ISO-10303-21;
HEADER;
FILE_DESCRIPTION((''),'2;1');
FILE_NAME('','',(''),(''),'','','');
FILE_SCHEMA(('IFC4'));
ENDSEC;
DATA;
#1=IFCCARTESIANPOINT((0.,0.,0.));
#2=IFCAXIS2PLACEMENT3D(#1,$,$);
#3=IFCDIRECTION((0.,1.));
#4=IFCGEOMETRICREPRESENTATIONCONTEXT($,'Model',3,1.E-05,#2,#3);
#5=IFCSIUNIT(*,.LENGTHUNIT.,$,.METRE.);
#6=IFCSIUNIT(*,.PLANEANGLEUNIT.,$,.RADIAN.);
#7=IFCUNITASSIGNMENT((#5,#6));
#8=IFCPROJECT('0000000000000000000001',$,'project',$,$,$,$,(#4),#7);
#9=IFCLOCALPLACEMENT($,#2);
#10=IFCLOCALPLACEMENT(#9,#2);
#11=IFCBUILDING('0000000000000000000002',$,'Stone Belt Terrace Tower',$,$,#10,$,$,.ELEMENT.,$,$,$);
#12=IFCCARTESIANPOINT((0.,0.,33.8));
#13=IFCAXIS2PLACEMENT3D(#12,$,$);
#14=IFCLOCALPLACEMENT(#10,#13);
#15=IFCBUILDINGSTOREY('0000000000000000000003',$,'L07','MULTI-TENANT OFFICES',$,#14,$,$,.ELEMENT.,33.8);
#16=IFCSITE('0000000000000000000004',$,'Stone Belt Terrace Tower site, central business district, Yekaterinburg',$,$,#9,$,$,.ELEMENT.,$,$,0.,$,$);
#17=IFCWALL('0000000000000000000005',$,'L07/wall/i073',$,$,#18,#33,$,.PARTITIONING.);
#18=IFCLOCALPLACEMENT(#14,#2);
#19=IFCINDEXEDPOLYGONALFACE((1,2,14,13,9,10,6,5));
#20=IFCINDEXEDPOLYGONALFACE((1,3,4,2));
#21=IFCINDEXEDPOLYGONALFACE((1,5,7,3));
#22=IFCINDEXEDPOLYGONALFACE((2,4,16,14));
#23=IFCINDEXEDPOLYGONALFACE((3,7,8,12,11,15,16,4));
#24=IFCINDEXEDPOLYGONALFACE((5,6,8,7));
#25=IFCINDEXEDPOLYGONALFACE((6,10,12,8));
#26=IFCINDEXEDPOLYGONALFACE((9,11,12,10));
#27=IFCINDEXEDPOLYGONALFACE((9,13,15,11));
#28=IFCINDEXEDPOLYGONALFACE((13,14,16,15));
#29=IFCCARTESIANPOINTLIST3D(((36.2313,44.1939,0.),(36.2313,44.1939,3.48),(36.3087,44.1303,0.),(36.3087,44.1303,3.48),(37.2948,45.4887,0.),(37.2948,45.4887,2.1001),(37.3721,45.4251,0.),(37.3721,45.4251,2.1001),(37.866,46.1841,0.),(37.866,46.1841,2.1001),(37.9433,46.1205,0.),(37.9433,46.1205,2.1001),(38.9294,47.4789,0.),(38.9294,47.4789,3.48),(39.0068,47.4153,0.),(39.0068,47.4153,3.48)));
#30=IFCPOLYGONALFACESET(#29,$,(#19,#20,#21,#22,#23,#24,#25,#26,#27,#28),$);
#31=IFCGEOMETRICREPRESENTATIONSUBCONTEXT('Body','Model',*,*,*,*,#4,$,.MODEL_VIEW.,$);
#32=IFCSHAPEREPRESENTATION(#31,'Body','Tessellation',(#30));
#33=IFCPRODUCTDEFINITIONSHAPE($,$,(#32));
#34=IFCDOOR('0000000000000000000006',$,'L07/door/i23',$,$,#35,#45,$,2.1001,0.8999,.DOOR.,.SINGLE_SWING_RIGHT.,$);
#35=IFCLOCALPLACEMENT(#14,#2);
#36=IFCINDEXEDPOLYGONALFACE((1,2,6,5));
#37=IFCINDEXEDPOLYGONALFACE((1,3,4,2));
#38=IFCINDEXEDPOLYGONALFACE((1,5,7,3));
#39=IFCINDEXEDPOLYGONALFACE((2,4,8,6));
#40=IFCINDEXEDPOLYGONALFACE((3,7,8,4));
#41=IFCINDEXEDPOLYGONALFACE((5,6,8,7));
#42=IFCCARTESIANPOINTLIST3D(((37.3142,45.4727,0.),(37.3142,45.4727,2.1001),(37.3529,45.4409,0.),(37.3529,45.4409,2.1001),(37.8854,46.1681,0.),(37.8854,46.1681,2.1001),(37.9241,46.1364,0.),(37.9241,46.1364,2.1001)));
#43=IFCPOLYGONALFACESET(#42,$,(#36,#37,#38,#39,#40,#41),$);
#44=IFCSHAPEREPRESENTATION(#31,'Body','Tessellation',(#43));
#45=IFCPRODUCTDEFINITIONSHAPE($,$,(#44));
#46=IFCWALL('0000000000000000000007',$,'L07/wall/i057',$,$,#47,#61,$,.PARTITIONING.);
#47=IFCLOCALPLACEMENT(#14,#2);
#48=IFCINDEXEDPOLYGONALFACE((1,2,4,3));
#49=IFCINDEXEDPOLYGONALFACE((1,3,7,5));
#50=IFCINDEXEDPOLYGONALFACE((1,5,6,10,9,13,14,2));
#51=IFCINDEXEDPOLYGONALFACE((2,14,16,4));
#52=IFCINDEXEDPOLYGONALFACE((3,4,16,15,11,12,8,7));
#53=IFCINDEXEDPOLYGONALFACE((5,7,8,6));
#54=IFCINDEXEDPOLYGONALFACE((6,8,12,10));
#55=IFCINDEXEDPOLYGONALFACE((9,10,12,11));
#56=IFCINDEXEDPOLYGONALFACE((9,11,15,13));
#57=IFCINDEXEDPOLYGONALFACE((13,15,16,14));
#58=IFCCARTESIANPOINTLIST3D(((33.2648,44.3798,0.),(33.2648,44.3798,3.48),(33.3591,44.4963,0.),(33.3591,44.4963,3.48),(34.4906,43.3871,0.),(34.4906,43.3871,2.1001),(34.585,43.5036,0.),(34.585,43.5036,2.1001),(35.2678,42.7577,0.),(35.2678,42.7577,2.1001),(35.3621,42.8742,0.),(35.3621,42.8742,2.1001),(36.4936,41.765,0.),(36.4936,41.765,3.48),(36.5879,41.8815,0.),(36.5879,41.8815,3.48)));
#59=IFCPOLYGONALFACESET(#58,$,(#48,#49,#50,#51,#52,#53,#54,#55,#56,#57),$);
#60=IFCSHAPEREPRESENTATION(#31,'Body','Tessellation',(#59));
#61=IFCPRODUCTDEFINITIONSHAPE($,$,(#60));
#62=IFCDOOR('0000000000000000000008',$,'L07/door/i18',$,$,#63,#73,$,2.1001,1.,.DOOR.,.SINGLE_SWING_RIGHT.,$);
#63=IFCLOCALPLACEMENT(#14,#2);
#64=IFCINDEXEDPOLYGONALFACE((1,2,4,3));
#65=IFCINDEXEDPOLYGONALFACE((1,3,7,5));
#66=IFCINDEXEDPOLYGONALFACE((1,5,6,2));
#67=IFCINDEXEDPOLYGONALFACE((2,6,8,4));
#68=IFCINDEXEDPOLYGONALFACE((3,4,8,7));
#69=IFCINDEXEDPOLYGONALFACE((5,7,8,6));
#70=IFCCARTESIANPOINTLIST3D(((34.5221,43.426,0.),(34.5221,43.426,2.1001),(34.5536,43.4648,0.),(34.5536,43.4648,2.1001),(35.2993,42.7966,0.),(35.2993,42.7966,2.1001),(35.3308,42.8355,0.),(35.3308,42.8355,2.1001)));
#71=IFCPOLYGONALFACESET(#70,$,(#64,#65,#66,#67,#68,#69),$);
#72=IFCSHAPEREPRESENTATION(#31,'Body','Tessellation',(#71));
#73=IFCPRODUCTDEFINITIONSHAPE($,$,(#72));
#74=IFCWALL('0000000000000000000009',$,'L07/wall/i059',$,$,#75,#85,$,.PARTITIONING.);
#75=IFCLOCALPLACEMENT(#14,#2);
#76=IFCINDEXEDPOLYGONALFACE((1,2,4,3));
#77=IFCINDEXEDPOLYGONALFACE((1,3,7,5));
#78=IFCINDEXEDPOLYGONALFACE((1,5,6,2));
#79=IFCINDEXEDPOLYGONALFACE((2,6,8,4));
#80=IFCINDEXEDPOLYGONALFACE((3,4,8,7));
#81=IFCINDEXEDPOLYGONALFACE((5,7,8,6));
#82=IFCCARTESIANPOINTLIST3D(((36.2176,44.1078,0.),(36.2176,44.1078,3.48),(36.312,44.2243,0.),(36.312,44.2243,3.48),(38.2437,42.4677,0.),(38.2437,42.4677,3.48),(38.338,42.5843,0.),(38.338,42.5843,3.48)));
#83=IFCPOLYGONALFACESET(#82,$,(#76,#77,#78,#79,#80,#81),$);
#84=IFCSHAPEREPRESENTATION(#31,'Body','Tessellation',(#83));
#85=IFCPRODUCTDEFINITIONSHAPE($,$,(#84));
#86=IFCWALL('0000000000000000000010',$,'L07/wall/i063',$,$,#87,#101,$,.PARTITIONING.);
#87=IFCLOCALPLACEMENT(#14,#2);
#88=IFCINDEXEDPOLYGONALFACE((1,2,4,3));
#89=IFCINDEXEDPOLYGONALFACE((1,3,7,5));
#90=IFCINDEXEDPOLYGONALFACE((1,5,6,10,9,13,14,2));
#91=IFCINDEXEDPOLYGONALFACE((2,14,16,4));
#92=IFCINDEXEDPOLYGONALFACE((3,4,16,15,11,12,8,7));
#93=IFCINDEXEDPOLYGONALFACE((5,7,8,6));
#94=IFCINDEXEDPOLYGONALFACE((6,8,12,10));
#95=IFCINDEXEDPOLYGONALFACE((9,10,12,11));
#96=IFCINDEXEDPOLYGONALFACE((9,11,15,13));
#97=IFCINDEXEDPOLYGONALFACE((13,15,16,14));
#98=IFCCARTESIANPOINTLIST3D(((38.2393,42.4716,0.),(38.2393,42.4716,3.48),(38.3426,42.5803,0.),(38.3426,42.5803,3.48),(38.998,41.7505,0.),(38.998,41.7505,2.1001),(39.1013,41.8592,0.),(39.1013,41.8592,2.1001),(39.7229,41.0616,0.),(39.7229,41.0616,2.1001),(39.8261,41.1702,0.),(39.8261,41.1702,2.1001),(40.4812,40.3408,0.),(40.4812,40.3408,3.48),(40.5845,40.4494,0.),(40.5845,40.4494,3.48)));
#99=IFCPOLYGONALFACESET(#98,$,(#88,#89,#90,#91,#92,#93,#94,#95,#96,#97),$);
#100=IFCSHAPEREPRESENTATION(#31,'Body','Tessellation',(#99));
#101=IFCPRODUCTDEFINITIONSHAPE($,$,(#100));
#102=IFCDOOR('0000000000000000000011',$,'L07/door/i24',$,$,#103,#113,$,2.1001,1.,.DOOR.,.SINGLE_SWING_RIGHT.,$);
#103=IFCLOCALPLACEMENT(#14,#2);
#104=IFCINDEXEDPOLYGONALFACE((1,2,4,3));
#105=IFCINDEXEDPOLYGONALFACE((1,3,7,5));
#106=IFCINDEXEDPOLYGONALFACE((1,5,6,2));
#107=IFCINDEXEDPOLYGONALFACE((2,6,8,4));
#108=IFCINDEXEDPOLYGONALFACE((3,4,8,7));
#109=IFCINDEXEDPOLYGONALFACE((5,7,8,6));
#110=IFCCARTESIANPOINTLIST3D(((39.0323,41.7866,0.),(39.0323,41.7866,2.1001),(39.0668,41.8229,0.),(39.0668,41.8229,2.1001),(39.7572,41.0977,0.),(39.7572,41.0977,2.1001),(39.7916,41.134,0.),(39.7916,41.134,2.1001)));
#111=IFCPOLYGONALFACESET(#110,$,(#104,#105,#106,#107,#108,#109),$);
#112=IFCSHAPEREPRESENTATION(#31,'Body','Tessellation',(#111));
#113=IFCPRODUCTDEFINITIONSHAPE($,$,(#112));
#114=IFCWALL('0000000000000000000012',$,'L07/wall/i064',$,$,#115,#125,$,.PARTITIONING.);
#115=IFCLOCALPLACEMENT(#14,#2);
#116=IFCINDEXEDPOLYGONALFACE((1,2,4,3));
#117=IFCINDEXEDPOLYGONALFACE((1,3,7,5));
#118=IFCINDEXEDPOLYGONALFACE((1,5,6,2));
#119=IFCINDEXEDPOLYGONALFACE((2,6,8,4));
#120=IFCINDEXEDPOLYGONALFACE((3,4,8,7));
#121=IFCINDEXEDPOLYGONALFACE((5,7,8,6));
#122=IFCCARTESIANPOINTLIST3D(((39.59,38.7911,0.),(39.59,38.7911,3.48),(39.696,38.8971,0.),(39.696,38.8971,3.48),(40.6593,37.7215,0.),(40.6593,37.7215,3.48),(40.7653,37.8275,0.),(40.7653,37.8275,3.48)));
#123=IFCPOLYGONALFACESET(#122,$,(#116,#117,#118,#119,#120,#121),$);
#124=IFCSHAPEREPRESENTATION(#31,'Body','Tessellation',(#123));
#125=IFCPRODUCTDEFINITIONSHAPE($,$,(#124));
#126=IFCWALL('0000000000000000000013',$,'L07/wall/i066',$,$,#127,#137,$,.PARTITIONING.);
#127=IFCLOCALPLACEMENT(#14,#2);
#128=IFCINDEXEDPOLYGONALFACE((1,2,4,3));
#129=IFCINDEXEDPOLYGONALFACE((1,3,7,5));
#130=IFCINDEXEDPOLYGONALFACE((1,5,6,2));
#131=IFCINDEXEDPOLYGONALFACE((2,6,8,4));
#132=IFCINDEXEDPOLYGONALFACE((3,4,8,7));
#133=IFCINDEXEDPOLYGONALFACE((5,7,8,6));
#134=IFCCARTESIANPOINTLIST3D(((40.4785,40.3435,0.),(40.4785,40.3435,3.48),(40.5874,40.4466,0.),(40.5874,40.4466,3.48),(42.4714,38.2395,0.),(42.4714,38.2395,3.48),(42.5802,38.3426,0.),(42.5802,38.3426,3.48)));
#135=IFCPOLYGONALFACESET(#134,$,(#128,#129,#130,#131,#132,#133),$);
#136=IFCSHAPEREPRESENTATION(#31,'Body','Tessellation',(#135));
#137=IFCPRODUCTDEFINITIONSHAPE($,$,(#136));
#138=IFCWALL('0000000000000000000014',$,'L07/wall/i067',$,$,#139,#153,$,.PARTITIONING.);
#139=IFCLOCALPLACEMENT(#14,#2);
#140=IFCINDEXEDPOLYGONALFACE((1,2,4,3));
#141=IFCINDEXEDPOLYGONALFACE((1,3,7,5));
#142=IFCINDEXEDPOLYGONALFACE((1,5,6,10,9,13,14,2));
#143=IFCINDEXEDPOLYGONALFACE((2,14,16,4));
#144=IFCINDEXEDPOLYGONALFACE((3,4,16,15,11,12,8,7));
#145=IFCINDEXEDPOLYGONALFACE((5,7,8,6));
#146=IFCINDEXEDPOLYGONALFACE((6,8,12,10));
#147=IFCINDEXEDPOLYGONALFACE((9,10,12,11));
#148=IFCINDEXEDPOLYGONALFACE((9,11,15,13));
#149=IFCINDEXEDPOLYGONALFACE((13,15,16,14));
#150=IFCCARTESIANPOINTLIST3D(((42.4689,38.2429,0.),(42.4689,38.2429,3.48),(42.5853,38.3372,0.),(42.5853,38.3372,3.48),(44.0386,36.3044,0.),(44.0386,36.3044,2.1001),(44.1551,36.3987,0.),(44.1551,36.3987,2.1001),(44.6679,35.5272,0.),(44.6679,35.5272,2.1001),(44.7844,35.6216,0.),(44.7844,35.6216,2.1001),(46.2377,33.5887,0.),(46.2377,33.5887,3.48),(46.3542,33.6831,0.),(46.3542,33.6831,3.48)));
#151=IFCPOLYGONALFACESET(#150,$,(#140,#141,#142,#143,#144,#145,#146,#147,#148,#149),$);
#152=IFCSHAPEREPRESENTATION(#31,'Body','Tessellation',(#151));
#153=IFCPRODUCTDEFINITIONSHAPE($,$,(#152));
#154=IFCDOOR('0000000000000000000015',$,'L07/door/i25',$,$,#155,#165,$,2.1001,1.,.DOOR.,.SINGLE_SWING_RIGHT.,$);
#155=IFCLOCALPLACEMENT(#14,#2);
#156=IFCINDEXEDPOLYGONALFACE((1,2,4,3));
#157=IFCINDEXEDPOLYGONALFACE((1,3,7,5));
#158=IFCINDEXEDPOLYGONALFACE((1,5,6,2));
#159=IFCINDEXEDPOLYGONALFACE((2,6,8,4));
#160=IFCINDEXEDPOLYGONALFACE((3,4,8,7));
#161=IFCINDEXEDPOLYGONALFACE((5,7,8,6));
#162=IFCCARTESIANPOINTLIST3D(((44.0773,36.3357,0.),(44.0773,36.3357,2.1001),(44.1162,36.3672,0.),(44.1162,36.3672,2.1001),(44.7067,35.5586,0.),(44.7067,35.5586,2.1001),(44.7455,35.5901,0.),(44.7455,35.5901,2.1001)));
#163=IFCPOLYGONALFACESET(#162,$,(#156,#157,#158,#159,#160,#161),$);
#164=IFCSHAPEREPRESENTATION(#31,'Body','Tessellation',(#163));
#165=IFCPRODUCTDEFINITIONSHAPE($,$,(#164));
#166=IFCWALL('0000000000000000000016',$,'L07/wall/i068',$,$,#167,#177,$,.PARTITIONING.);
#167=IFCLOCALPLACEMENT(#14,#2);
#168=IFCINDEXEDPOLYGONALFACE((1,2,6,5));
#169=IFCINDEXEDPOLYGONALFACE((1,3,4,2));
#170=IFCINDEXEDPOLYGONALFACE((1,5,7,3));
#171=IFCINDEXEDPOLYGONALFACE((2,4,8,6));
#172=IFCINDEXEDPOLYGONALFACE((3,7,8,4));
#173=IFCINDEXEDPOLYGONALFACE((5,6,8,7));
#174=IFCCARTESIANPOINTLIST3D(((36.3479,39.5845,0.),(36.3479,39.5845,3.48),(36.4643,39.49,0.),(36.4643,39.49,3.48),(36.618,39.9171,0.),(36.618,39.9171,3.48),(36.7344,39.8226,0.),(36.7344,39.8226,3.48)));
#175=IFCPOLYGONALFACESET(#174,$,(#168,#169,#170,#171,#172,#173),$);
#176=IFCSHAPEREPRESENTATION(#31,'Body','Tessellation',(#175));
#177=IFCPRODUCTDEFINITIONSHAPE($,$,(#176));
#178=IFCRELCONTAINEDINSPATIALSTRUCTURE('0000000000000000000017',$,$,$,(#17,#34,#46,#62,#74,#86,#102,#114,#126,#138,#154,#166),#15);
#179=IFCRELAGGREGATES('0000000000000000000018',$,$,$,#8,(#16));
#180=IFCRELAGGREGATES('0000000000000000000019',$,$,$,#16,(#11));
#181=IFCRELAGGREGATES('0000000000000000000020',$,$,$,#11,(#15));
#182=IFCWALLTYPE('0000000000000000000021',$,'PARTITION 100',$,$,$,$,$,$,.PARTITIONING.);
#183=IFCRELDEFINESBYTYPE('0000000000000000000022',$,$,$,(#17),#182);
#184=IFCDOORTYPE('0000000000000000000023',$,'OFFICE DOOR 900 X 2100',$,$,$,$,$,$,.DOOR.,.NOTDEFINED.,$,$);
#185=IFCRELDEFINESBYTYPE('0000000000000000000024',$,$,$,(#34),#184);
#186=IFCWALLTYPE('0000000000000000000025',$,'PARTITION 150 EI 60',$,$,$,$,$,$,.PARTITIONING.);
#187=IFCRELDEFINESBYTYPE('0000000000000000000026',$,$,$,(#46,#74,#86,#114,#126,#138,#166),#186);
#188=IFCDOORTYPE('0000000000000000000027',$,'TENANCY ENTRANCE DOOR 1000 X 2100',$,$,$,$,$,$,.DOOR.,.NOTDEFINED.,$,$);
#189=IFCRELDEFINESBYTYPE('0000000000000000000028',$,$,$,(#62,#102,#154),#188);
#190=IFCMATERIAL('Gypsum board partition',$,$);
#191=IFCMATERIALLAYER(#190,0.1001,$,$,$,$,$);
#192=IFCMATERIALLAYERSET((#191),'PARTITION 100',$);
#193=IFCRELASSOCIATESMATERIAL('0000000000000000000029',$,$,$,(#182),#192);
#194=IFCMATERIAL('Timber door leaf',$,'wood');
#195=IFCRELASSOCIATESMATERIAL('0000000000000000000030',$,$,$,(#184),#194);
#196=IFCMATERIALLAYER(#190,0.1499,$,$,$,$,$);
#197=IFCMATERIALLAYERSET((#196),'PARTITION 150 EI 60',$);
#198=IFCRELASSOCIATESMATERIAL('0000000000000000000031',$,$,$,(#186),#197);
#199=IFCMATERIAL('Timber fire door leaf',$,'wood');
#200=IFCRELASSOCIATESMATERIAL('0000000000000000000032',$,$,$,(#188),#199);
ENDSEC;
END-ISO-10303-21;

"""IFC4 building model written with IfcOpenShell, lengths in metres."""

from ifc_helpers import new_model, si_unit, direction, frame, frame_2d, origin, place, context, subcontext, project, spatial, rectangle, extrude, material, layer, layer_set, type_object, element, fill, save


model = new_model("IFC4")

# Units and contexts
model_context = context("Model", 3, precision=1e-05, world=origin(), true_north=direction((0.0, 1.0)))
body_context = subcontext(model_context, "Body", "Model", "MODEL_VIEW")
ifc_project = project(units=[si_unit("LENGTHUNIT", "METRE"), si_unit("PLANEANGLEUNIT", "RADIAN")], contexts=[model_context])

# Site, building, storey
site_placement = place(None, origin())
site = spatial("IfcSite", under=ifc_project, at=site_placement, Name="Stone Belt Terrace Tower site, central business district, Yekaterinburg", CompositionType="ELEMENT", RefElevation=0.0)
building_placement = place(site_placement, origin())
building = spatial("IfcBuilding", under=site, at=building_placement, Name="Stone Belt Terrace Tower", CompositionType="ELEMENT")
storey_placement = place(building_placement, frame((0.0, 0.0, 33.8)))
storey = spatial("IfcBuildingStorey", under=building, at=storey_placement, Name="L07", Description="MULTI-TENANT OFFICES", CompositionType="ELEMENT", Elevation=33.8)

# Walls, openings, doors
ifc_material_1 = material(Name="Gypsum board partition")
ifc_layer_1 = layer(ifc_material_1, 0.1001)
ifc_layer_set_1 = layer_set([ifc_layer_1], Name="PARTITION 100")
wall_type_1 = type_object("IfcWallType", Name="PARTITION 100", PredefinedType="PARTITIONING", material=ifc_layer_set_1)
wall_1_placement = place(storey_placement, frame((36.27, 44.1621, 0.0), z_axis=(0.0, 0.0, 1.0), x_axis=(0.634694, 0.772763, 0.0)))
wall_1 = element("IfcWall", 1, at=wall_1_placement, inside=storey, type_object=wall_type_1, Name="L07/wall/i073", PredefinedType="PARTITIONING", context=body_context, shape_type="SweptSolid", body=[
    extrude(rectangle(XDim=4.251, YDim=0.1001, at=frame_2d((2.1255, 0.0))), origin(), (0.0, 0.0, 1.0), 3.48),
])
opening_1_placement = place(wall_1_placement, frame((1.6755, 0.0, 0.0)))
opening_1 = element("IfcOpeningElement", 2, at=opening_1_placement, cuts=wall_1, PredefinedType="OPENING", context=body_context, shape_type="SweptSolid", body=[
    extrude(rectangle(XDim=0.8999, YDim=2.1001, at=frame_2d((0.45, 1.05))), frame((0.0, 0.0601, 0.0), z_axis=(0.0, -1.0, 0.0), x_axis=(1.0, 0.0, 0.0)), (0.0, 0.0, 1.0), 0.1201),
])
ifc_material_2 = material(Name="Timber door leaf", Category="wood")
door_type_1 = type_object("IfcDoorType", Name="OFFICE DOOR 900 X 2100", OperationType="NOTDEFINED", PredefinedType="DOOR", material=ifc_material_2)
door_1_placement = place(opening_1_placement, origin())
door_1 = element("IfcDoor", 3, at=door_1_placement, inside=storey, type_object=door_type_1, Name="L07/door/i23", OperationType="SINGLE_SWING_RIGHT", OverallHeight=2.1001, OverallWidth=0.8999, PredefinedType="DOOR", context=body_context, shape_type="SweptSolid", body=[
    extrude(rectangle(XDim=0.8999, YDim=2.1001, at=frame_2d((0.45, 1.05))), frame((0.0, 0.0249, 0.0), z_axis=(0.0, -1.0, 0.0), x_axis=(1.0, 0.0, 0.0)), (0.0, 0.0, 1.0), 0.05),
])
fill(opening_1, door_1)
ifc_layer_2 = layer(ifc_material_1, 0.1499)
ifc_layer_set_2 = layer_set([ifc_layer_2], Name="PARTITION 150 EI 60")
wall_type_2 = type_object("IfcWallType", Name="PARTITION 150 EI 60", PredefinedType="PARTITIONING", material=ifc_layer_set_2)
wall_2_placement = place(storey_placement, frame((36.5408, 41.8232, 0.0), z_axis=(0.0, 0.0, 1.0), x_axis=(-0.777129, 0.629342, 0.0)))
wall_2 = element("IfcWall", 4, at=wall_2_placement, inside=storey, type_object=wall_type_2, Name="L07/wall/i057", PredefinedType="PARTITIONING", context=body_context, shape_type="SweptSolid", body=[
    extrude(rectangle(XDim=4.1548, YDim=0.1499, at=frame_2d((2.0774, 0.0))), origin(), (0.0, 0.0, 1.0), 3.48),
])
opening_2_placement = place(wall_2_placement, frame((1.5774, 0.0, 0.0)))
opening_2 = element("IfcOpeningElement", 5, at=opening_2_placement, cuts=wall_2, PredefinedType="OPENING", context=body_context, shape_type="SweptSolid", body=[
    extrude(rectangle(XDim=1.0, YDim=2.1001, at=frame_2d((0.5, 1.05))), frame((0.0, 0.085, 0.0), z_axis=(0.0, -1.0, 0.0), x_axis=(1.0, 0.0, 0.0)), (0.0, 0.0, 1.0), 0.1699),
])
ifc_material_3 = material(Name="Timber fire door leaf", Category="wood")
door_type_2 = type_object("IfcDoorType", Name="TENANCY ENTRANCE DOOR 1000 X 2100", OperationType="NOTDEFINED", PredefinedType="DOOR", material=ifc_material_3)
door_2_placement = place(opening_2_placement, origin())
door_2 = element("IfcDoor", 6, at=door_2_placement, inside=storey, type_object=door_type_2, Name="L07/door/i18", OperationType="SINGLE_SWING_RIGHT", OverallHeight=2.1001, OverallWidth=1.0, PredefinedType="DOOR", context=body_context, shape_type="SweptSolid", body=[
    extrude(rectangle(XDim=1.0, YDim=2.1001, at=frame_2d((0.5, 1.05))), frame((0.0, 0.0249, 0.0), z_axis=(0.0, -1.0, 0.0), x_axis=(1.0, 0.0, 0.0)), (0.0, 0.0, 1.0), 0.05),
])
fill(opening_2, door_2)

# Wall
wall_3_placement = place(storey_placement, frame((36.2649, 44.166, 0.0), z_axis=(0.0, 0.0, 1.0), x_axis=(0.777256, -0.629185, 0.0)))
element("IfcWall", 7, at=wall_3_placement, inside=storey, type_object=wall_type_2, Name="L07/wall/i059", PredefinedType="PARTITIONING", context=body_context, shape_type="SweptSolid", body=[
    extrude(rectangle(XDim=2.6067, YDim=0.1499, at=frame_2d((1.3032, 0.0))), origin(), (0.0, 0.0, 1.0), 3.48),
])

# Wall, opening, door
wall_4_placement = place(storey_placement, frame((38.291, 42.5259, 0.0), z_axis=(0.0, 0.0, 1.0), x_axis=(0.724836, -0.688922, 0.0)))
wall_4 = element("IfcWall", 8, at=wall_4_placement, inside=storey, type_object=wall_type_2, Name="L07/wall/i063", PredefinedType="PARTITIONING", context=body_context, shape_type="SweptSolid", body=[
    extrude(rectangle(XDim=3.093, YDim=0.1499, at=frame_2d((1.5464, 0.0))), origin(), (0.0, 0.0, 1.0), 3.48),
])
opening_3_placement = place(wall_4_placement, frame((1.0466, 0.0, 0.0)))
opening_3 = element("IfcOpeningElement", 9, at=opening_3_placement, cuts=wall_4, PredefinedType="OPENING", context=body_context, shape_type="SweptSolid", body=[
    extrude(rectangle(XDim=1.0, YDim=2.1001, at=frame_2d((0.5, 1.05))), frame((0.0, 0.085, 0.0), z_axis=(0.0, -1.0, 0.0), x_axis=(1.0, 0.0, 0.0)), (0.0, 0.0, 1.0), 0.1699),
])
door_3_placement = place(opening_3_placement, origin())
door_3 = element("IfcDoor", 10, at=door_3_placement, inside=storey, type_object=door_type_2, Name="L07/door/i24", OperationType="SINGLE_SWING_RIGHT", OverallHeight=2.1001, OverallWidth=1.0, PredefinedType="DOOR", context=body_context, shape_type="SweptSolid", body=[
    extrude(rectangle(XDim=1.0, YDim=2.1001, at=frame_2d((0.5, 1.05))), frame((0.0, 0.0249, 0.0), z_axis=(0.0, -1.0, 0.0), x_axis=(1.0, 0.0, 0.0)), (0.0, 0.0, 1.0), 0.05),
])
fill(opening_3, door_3)

# Walls
wall_5_placement = place(storey_placement, frame((40.7124, 37.7744, 0.0), z_axis=(0.0, 0.0, 1.0), x_axis=(-0.707026, 0.707187, 0.0)))
element("IfcWall", 11, at=wall_5_placement, inside=storey, type_object=wall_type_2, Name="L07/wall/i064", PredefinedType="PARTITIONING", context=body_context, shape_type="SweptSolid", body=[
    extrude(rectangle(XDim=1.5125, YDim=0.1499, at=frame_2d((0.7563, 0.0))), origin(), (0.0, 0.0, 1.0), 3.48),
])
wall_6_placement = place(storey_placement, frame((40.533, 40.395, 0.0), z_axis=(0.0, 0.0, 1.0), x_axis=(0.687682, -0.726012, 0.0)))
element("IfcWall", 12, at=wall_6_placement, inside=storey, type_object=wall_type_2, Name="L07/wall/i066", PredefinedType="PARTITIONING", context=body_context, shape_type="SweptSolid", body=[
    extrude(rectangle(XDim=2.8979, YDim=0.1499, at=frame_2d((1.449, 0.0))), origin(), (0.0, 0.0, 1.0), 3.48),
])

# Wall, opening, door
wall_7_placement = place(storey_placement, frame((42.5271, 38.29, 0.0), z_axis=(0.0, 0.0, 1.0), x_axis=(0.629323, -0.777144, 0.0)))
wall_7 = element("IfcWall", 13, at=wall_7_placement, inside=storey, type_object=wall_type_2, Name="L07/wall/i067", PredefinedType="PARTITIONING", context=body_context, shape_type="SweptSolid", body=[
    extrude(rectangle(XDim=5.9888, YDim=0.1499, at=frame_2d((2.9944, 0.0))), origin(), (0.0, 0.0, 1.0), 3.48),
])
opening_4_placement = place(wall_7_placement, frame((2.4944, 0.0, 0.0)))
opening_4 = element("IfcOpeningElement", 14, at=opening_4_placement, cuts=wall_7, PredefinedType="OPENING", context=body_context, shape_type="SweptSolid", body=[
    extrude(rectangle(XDim=1.0, YDim=2.1001, at=frame_2d((0.5, 1.05))), frame((0.0, 0.085, 0.0), z_axis=(0.0, -1.0, 0.0), x_axis=(1.0, 0.0, 0.0)), (0.0, 0.0, 1.0), 0.1699),
])
door_4_placement = place(opening_4_placement, origin())
door_4 = element("IfcDoor", 15, at=door_4_placement, inside=storey, type_object=door_type_2, Name="L07/door/i25", OperationType="SINGLE_SWING_RIGHT", OverallHeight=2.1001, OverallWidth=1.0, PredefinedType="DOOR", context=body_context, shape_type="SweptSolid", body=[
    extrude(rectangle(XDim=1.0, YDim=2.1001, at=frame_2d((0.5, 1.05))), frame((0.0, 0.0249, 0.0), z_axis=(0.0, -1.0, 0.0), x_axis=(1.0, 0.0, 0.0)), (0.0, 0.0, 1.0), 0.05),
])
fill(opening_4, door_4)

# Wall
wall_8_placement = place(storey_placement, frame((36.406, 39.5371, 0.0), z_axis=(0.0, 0.0, 1.0), x_axis=(0.630378, 0.776288, 0.0)))
element("IfcWall", 16, at=wall_8_placement, inside=storey, type_object=wall_type_2, Name="L07/wall/i068", PredefinedType="PARTITIONING", context=body_context, shape_type="SweptSolid", body=[
    extrude(rectangle(XDim=0.4285, YDim=0.1499, at=frame_2d((0.2144, 0.0))), origin(), (0.0, 0.0, 1.0), 3.48),
])

save(model, "model.ifc")
